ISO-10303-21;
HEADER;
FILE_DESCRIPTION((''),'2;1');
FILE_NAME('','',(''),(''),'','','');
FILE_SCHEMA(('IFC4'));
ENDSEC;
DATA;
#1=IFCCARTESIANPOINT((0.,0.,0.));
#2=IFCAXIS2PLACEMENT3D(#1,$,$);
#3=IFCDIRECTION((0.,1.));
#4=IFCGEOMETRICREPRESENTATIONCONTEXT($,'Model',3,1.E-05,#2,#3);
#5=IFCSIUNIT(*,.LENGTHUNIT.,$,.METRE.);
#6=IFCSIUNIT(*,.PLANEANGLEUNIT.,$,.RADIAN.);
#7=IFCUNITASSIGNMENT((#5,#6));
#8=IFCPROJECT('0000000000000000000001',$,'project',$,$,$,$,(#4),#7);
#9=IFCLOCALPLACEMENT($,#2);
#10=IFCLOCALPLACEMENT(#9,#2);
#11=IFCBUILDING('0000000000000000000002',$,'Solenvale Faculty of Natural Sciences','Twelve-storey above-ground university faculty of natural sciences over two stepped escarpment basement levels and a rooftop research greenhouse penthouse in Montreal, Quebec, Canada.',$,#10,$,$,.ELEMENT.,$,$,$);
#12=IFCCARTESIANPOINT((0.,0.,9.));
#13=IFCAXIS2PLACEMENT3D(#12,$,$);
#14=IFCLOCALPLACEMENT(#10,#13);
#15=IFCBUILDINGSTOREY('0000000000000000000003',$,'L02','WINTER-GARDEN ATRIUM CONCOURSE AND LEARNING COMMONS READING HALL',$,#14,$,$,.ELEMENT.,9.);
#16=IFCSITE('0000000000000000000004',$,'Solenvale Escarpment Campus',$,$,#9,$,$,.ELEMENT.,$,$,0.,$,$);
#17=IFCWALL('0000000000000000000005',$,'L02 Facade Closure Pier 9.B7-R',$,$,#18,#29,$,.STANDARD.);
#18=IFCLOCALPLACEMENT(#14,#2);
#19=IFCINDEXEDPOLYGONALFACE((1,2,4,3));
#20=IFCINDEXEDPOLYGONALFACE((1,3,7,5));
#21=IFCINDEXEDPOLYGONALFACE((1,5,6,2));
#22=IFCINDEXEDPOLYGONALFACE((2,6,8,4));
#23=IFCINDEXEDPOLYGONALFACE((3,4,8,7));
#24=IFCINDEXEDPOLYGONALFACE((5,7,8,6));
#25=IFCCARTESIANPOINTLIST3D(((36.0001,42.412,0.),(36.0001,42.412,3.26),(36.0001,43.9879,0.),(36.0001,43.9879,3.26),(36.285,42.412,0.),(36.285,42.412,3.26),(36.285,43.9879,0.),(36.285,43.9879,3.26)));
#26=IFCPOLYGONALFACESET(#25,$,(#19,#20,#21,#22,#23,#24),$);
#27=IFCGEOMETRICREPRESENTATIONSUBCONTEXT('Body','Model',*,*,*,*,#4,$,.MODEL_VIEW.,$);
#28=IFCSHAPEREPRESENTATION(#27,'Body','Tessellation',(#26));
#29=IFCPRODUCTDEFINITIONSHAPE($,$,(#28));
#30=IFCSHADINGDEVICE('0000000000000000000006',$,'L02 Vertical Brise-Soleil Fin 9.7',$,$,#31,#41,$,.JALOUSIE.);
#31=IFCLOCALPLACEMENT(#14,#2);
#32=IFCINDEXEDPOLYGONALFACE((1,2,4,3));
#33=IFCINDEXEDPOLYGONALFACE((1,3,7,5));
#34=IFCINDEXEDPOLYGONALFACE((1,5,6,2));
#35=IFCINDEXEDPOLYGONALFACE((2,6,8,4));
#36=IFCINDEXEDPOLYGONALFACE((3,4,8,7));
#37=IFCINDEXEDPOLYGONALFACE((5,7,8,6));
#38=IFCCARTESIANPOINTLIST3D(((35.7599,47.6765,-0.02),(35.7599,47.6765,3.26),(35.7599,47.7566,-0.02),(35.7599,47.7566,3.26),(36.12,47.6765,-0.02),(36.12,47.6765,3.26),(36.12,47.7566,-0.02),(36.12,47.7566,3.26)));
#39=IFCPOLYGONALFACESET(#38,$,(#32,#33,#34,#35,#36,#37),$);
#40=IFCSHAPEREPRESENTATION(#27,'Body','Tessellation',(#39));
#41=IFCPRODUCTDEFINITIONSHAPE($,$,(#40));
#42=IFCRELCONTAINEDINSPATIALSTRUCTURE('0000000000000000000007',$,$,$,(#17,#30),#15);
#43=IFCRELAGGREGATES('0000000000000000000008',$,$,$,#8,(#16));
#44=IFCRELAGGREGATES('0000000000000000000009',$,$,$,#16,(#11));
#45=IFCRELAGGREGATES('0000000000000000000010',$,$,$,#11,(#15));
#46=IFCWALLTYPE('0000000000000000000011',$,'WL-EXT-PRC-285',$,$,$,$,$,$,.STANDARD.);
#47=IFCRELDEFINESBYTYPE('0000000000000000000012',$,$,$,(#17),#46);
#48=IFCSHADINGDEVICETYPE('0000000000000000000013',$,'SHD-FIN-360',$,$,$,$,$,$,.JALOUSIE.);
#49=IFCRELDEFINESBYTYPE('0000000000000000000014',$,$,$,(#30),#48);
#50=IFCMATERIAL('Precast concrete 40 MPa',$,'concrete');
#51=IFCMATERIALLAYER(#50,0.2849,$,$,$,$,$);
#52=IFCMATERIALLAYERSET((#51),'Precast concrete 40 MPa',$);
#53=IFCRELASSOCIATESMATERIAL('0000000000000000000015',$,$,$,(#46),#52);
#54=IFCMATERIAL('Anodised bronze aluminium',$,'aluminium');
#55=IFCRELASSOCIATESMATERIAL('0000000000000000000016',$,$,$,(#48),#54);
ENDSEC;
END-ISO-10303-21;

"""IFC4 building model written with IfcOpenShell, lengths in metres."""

from ifc_helpers import new_model, si_unit, direction, frame, frame_2d, origin, origin_2d, place, context, subcontext, project, spatial, rectangle, extrude, material, layer, layer_set, material_profile, profile_set, type_object, element, save


model = new_model("IFC4")

# Units and contexts
model_context = context("Model", 3, precision=1e-05, world=origin(), true_north=direction((0.0, 1.0)))
body_context = subcontext(model_context, "Body", "Model", "MODEL_VIEW")
ifc_project = project(units=[si_unit("LENGTHUNIT", "METRE"), si_unit("PLANEANGLEUNIT", "RADIAN")], contexts=[model_context])

# Site, building, storey
site_placement = place(None, origin())
site = spatial("IfcSite", under=ifc_project, at=site_placement, Name="Solenvale Escarpment Campus", CompositionType="ELEMENT", RefElevation=0.0)
building_placement = place(site_placement, origin())
building = spatial("IfcBuilding", under=site, at=building_placement, Name="Solenvale Faculty of Natural Sciences", Description="Twelve-storey above-ground university faculty of natural sciences over two stepped escarpment basement levels and a rooftop research greenhouse penthouse in Montreal, Quebec, Canada.", CompositionType="ELEMENT")
storey_placement = place(building_placement, frame((0.0, 0.0, 9.0)))
storey = spatial("IfcBuildingStorey", under=building, at=storey_placement, Name="L02", Description="WINTER-GARDEN ATRIUM CONCOURSE AND LEARNING COMMONS READING HALL", CompositionType="ELEMENT", Elevation=9.0)

# Shared definitions
ifc_material_1 = material(Name="Anodised bronze aluminium", Category="aluminium")

# Wall
ifc_material_2 = material(Name="Precast concrete 40 MPa", Category="concrete")
ifc_layer_1 = layer(ifc_material_2, 0.2849)
ifc_layer_set_1 = layer_set([ifc_layer_1], Name="Precast concrete 40 MPa")
wall_type = type_object("IfcWallType", Name="WL-EXT-PRC-285", PredefinedType="STANDARD", material=ifc_layer_set_1)
wall_placement = place(storey_placement, frame((36.1426, 43.988, 0.0), z_axis=(0.0, 0.0, 1.0), x_axis=(0.0, -1.0, 0.0)))
element("IfcWall", 1, at=wall_placement, inside=storey, type_object=wall_type, Name="L02 Facade Closure Pier 9.B7-R", PredefinedType="STANDARD", context=body_context, shape_type="SweptSolid", body=[
    extrude(rectangle(XDim=1.5759, YDim=0.2849, at=frame_2d((0.7881, 0.0))), origin(), (0.0, 0.0, 1.0), 3.26),
])

# Shading device
ifc_material_profile_1 = material_profile(ifc_material_1, rectangle(XDim=0.0801, YDim=0.3601, at=origin_2d()), Name="ALU-FIN-80x360")
ifc_profile_set_1 = profile_set([ifc_material_profile_1], Name="Anodised bronze aluminium")
shading_device_type = type_object("IfcShadingDeviceType", Name="SHD-FIN-360", PredefinedType="JALOUSIE", material=ifc_profile_set_1)
shading_device_placement = place(storey_placement, frame((35.9399, 47.7166, -0.02), z_axis=(0.0, 0.0, 1.0), x_axis=(0.0, 1.0, 0.0)))
element("IfcShadingDevice", 2, at=shading_device_placement, inside=storey, type_object=shading_device_type, Name="L02 Vertical Brise-Soleil Fin 9.7", PredefinedType="JALOUSIE", context=body_context, shape_type="SweptSolid", body=[
    extrude(rectangle(XDim=0.0801, YDim=0.3601, at=origin_2d()), origin(), (0.0, 0.0, 1.0), 3.28),
])

save(model, "model.ifc")
